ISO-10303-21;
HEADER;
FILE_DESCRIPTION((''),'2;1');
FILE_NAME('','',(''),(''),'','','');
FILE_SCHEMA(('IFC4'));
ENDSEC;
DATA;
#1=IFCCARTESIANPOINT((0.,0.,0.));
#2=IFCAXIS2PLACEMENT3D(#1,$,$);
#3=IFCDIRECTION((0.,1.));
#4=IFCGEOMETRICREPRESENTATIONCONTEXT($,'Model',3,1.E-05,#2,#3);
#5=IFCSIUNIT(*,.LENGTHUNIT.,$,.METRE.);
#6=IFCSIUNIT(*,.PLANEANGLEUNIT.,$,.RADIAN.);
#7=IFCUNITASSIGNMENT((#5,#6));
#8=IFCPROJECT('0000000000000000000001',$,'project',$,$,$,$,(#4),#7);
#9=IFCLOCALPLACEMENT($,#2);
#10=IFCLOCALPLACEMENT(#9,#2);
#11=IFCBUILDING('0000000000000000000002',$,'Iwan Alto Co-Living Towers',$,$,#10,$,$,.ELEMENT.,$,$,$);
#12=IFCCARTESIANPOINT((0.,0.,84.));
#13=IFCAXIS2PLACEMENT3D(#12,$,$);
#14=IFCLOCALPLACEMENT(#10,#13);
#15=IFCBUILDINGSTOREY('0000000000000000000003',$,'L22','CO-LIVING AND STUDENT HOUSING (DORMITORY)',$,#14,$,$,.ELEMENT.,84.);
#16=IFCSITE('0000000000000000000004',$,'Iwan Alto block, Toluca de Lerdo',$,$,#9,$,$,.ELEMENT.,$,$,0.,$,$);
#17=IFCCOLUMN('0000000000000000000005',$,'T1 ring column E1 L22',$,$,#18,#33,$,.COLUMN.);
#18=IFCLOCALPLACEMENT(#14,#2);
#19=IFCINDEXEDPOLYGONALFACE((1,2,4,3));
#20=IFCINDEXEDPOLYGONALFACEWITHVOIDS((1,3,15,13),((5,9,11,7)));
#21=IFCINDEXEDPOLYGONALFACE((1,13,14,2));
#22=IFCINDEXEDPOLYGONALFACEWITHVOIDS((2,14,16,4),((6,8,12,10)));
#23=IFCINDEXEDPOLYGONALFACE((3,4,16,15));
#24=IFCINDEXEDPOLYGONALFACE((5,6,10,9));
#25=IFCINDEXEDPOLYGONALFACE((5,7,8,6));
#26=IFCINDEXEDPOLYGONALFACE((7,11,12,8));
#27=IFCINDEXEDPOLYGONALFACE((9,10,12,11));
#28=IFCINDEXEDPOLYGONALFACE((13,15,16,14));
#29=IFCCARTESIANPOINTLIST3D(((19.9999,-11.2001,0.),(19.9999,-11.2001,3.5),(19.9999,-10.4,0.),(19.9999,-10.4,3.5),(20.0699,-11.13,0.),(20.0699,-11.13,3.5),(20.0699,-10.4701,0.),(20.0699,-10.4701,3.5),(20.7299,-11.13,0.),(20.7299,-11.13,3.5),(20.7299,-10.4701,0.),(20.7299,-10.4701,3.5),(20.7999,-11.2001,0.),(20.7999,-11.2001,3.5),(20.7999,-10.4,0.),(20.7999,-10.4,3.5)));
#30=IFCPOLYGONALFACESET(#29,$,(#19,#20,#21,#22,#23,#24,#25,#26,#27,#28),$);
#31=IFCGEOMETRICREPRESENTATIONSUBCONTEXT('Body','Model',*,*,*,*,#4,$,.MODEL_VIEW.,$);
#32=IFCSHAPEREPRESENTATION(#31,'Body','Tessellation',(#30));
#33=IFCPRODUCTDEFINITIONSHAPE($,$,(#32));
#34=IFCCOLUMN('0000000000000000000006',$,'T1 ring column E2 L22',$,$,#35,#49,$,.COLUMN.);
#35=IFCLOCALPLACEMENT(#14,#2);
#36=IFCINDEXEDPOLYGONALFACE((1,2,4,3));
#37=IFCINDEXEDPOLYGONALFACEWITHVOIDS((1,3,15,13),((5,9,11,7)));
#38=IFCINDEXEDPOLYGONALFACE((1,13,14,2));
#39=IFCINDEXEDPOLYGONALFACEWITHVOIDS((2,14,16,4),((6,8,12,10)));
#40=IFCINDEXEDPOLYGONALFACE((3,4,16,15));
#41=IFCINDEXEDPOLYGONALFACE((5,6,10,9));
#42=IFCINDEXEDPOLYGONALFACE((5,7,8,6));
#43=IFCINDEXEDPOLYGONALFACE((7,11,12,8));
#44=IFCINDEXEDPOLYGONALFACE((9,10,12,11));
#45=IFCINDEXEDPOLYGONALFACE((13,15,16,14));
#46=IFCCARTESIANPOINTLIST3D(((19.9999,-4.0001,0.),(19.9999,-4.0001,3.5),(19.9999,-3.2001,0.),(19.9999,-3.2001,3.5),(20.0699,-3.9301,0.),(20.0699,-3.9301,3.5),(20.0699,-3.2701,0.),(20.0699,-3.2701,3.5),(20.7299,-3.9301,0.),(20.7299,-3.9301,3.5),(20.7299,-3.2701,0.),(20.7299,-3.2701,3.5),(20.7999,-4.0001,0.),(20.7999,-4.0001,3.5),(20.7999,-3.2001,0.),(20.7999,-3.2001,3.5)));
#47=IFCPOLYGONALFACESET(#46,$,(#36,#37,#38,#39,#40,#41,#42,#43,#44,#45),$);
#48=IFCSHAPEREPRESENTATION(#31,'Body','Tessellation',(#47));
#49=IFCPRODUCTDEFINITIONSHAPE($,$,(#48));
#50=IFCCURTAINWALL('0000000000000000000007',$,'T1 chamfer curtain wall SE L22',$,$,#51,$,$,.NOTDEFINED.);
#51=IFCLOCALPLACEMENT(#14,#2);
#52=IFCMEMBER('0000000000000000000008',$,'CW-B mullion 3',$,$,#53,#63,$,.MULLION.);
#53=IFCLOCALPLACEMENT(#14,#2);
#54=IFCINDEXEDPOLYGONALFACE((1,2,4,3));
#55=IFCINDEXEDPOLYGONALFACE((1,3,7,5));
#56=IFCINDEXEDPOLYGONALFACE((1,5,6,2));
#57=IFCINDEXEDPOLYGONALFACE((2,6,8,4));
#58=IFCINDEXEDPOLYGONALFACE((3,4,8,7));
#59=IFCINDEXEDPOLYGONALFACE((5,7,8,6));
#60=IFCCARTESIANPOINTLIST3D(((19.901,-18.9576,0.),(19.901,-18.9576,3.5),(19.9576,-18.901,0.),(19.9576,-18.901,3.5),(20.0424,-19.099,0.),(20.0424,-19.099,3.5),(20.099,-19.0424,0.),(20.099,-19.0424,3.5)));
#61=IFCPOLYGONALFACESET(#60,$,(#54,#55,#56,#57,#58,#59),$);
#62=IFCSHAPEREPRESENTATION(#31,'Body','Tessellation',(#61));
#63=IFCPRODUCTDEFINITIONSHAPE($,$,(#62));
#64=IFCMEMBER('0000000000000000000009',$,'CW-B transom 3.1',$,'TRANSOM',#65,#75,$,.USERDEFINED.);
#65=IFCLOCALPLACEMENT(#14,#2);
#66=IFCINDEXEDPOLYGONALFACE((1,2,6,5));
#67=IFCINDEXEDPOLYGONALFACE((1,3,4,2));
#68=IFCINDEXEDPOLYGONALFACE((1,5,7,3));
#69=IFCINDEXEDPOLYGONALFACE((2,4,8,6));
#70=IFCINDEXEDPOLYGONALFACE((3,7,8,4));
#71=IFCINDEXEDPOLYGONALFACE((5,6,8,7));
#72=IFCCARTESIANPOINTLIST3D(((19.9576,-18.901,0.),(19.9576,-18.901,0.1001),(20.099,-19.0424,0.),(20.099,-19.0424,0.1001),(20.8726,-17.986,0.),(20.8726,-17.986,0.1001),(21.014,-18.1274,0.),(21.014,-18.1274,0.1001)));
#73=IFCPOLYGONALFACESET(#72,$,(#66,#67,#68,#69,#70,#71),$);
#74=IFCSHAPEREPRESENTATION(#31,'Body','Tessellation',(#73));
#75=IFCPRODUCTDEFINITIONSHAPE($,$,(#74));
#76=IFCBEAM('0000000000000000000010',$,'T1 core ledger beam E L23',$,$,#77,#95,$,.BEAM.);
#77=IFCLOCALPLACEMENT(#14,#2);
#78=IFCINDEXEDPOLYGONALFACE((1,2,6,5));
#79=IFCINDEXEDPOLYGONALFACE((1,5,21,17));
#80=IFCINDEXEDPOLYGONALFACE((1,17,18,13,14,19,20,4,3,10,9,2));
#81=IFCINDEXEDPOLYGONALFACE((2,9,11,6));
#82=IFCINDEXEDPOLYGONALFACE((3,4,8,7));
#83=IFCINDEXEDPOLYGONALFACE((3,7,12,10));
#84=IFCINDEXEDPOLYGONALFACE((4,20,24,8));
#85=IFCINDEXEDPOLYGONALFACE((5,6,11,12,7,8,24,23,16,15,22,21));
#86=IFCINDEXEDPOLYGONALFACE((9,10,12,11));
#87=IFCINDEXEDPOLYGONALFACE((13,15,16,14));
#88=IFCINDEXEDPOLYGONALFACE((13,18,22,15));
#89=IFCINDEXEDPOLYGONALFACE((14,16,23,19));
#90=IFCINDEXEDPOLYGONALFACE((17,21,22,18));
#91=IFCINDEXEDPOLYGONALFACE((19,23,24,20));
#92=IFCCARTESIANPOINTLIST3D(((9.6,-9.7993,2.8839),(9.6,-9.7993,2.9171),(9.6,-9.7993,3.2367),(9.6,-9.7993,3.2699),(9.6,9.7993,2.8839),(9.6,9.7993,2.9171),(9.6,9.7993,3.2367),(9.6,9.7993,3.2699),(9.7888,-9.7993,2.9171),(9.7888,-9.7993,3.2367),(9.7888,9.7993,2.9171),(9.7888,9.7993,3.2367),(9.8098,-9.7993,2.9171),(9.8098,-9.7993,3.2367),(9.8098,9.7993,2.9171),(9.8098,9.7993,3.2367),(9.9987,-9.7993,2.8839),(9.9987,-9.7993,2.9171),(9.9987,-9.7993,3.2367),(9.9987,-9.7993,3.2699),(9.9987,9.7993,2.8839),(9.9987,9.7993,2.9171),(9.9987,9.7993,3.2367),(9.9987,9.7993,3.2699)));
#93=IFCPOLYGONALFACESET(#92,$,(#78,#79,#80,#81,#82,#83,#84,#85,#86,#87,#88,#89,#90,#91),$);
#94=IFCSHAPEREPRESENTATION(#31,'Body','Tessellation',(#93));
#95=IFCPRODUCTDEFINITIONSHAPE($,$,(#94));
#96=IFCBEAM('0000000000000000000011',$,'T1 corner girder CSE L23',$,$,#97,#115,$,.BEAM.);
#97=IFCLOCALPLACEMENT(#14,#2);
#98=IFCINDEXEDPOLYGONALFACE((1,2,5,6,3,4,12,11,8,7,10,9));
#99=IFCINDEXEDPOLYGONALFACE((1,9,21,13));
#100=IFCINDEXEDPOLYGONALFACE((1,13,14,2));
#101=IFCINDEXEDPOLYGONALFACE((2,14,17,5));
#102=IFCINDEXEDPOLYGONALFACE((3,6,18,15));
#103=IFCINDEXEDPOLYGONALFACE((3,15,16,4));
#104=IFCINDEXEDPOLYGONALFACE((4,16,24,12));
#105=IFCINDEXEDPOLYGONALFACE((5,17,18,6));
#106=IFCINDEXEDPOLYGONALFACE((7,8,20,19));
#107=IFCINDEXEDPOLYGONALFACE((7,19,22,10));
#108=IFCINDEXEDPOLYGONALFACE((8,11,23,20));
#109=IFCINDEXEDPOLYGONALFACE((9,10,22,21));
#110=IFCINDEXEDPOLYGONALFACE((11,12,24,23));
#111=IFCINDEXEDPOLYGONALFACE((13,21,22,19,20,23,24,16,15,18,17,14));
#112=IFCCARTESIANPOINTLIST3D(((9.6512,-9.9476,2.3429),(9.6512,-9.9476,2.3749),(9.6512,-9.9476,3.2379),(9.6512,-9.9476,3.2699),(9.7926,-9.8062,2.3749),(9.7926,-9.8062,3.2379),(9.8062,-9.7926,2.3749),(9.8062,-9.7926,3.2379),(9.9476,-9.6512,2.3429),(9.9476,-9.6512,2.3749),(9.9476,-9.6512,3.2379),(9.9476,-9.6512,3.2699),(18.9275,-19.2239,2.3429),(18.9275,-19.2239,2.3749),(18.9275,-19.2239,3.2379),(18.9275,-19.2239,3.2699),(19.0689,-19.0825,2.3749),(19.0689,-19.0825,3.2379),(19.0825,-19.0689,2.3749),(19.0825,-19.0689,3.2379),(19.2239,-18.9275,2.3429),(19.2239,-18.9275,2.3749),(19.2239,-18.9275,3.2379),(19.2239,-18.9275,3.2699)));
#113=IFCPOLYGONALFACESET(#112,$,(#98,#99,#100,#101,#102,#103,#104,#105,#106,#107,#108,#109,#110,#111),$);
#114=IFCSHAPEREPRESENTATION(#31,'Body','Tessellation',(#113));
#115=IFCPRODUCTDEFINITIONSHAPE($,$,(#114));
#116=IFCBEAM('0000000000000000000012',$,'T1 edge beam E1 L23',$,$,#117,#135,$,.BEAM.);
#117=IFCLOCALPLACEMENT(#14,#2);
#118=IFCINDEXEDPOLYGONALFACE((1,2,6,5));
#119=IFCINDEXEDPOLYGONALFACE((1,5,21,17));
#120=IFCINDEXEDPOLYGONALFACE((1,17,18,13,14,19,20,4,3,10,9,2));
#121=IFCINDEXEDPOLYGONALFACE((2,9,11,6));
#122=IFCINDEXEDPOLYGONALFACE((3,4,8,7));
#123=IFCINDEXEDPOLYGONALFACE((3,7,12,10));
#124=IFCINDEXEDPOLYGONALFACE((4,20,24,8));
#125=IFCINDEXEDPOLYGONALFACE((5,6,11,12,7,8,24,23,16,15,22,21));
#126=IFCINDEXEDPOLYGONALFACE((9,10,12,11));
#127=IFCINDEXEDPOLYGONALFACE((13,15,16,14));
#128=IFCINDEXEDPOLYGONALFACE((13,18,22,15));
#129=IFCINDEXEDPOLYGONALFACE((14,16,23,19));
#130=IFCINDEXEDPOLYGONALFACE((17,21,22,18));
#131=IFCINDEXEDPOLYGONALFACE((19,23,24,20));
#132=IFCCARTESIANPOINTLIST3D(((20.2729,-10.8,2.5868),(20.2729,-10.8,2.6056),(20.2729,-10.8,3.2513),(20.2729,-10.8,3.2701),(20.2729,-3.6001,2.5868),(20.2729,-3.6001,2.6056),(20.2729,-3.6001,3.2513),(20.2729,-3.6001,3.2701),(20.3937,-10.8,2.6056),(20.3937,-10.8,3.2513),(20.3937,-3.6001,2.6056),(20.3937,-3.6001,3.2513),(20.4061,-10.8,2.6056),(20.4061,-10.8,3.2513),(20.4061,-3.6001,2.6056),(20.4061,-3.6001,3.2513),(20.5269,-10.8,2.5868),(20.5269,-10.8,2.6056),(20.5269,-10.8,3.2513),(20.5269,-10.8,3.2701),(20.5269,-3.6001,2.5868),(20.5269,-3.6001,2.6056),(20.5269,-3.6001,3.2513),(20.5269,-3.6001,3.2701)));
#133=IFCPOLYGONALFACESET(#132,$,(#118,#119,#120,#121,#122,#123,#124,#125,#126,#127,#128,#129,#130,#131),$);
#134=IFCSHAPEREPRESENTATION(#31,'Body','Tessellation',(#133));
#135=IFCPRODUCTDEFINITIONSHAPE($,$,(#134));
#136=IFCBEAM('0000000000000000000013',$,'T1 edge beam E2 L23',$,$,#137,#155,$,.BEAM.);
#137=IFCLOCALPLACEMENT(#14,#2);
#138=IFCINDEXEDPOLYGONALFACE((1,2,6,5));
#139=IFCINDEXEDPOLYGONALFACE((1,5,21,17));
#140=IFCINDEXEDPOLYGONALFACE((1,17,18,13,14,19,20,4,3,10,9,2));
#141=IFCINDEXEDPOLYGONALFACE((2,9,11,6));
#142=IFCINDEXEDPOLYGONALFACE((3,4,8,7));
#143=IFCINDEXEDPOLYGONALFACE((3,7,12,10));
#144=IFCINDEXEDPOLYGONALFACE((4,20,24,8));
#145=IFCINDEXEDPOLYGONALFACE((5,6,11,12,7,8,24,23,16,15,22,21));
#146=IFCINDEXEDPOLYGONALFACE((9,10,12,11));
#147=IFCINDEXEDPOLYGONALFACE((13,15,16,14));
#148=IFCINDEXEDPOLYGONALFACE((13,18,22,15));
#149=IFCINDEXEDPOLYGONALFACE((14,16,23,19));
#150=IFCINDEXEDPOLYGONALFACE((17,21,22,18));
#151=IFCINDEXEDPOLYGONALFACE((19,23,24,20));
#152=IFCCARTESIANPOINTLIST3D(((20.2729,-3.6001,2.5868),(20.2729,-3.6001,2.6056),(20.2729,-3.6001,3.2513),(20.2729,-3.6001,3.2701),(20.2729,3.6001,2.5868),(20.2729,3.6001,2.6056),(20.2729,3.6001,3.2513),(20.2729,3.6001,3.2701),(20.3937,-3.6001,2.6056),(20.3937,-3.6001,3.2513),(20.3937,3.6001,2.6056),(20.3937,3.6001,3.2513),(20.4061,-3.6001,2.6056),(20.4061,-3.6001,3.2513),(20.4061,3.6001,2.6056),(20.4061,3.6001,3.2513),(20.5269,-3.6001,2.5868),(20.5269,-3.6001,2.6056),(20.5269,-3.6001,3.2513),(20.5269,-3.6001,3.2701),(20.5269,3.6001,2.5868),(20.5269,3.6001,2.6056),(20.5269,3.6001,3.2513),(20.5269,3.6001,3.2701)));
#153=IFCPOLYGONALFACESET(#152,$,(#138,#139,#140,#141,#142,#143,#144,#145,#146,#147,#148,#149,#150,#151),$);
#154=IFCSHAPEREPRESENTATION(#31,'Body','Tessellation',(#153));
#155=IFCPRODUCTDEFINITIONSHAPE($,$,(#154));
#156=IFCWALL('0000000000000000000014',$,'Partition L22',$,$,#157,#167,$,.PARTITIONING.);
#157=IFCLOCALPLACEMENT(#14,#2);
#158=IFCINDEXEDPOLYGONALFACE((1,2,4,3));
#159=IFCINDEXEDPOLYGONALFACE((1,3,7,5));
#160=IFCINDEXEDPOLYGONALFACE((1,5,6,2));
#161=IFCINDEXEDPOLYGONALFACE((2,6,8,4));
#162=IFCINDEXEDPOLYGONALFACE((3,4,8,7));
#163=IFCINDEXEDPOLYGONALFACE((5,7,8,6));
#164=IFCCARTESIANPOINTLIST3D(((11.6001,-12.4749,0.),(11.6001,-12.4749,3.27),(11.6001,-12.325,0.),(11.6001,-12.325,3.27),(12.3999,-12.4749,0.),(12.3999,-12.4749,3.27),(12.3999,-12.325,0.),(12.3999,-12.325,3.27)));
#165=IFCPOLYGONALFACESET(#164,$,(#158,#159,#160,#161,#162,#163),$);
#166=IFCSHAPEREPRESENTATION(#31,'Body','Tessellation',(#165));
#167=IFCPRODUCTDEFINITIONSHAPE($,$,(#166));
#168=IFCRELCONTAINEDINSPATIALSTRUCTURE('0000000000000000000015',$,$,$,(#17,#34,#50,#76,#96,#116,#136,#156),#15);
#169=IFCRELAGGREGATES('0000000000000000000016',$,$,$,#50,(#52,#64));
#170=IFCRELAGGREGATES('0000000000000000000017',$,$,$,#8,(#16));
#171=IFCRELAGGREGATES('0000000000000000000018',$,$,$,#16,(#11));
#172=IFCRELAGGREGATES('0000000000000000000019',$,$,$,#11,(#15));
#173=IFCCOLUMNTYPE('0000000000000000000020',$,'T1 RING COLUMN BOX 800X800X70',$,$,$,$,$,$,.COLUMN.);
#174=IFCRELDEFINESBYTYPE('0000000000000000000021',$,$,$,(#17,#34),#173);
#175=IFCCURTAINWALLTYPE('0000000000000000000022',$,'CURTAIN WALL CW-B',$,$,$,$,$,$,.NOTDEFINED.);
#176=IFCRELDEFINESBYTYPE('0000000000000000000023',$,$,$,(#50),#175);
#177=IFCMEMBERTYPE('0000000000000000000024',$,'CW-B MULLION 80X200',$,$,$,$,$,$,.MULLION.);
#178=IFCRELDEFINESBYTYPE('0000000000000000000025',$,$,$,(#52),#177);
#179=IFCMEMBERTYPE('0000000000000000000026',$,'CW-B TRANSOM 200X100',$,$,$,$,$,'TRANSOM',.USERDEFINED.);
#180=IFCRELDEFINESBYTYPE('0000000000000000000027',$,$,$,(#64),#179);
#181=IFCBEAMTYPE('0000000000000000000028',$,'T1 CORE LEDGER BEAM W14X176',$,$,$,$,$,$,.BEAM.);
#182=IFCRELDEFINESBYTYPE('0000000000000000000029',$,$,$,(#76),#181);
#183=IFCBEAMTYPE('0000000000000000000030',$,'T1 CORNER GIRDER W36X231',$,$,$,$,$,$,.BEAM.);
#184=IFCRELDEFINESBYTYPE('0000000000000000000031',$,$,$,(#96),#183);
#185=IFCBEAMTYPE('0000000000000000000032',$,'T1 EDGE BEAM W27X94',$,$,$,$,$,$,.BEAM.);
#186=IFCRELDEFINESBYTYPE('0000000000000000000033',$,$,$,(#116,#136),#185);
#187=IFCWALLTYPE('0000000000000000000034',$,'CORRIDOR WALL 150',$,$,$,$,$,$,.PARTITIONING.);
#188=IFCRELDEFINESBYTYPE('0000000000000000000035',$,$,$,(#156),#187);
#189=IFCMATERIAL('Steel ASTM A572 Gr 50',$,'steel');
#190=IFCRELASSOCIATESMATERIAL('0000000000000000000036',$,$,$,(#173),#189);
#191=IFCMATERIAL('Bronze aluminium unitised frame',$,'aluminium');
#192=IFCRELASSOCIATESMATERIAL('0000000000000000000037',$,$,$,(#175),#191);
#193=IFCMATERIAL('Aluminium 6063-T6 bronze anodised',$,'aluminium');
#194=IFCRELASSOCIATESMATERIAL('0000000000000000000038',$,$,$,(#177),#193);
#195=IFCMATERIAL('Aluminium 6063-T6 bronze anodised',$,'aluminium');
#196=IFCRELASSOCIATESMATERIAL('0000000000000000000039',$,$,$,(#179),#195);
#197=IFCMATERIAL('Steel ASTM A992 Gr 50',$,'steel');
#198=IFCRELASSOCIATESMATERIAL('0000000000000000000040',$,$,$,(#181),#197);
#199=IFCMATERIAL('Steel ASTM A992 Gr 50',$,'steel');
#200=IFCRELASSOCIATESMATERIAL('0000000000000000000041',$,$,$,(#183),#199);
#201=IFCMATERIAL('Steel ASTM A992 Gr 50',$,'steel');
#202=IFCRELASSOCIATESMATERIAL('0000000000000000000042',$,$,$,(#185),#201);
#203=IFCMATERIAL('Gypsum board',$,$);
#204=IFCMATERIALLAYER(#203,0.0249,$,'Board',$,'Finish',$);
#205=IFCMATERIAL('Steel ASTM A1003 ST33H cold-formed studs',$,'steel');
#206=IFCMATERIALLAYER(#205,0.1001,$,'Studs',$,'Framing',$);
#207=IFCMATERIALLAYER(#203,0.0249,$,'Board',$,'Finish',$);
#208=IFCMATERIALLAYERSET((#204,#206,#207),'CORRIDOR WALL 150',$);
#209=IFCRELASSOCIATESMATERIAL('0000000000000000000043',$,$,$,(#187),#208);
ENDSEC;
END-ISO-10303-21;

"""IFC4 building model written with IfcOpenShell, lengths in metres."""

from ifc_helpers import new_model, si_unit, direction, frame, frame_2d, origin, origin_2d, place, context, subcontext, project, spatial, rectangle, hollow_rectangle, i_section, extrude, material, layer, layer_set, material_profile, profile_set, type_object, element, aggregate, save


model = new_model("IFC4")

# Units and contexts
model_context = context("Model", 3, precision=1e-05, world=origin(), true_north=direction((0.0, 1.0)))
body_context = subcontext(model_context, "Body", "Model", "MODEL_VIEW")
ifc_project = project(units=[si_unit("LENGTHUNIT", "METRE"), si_unit("PLANEANGLEUNIT", "RADIAN")], contexts=[model_context])

# Site, building, storey
site_placement = place(None, origin())
site = spatial("IfcSite", under=ifc_project, at=site_placement, Name="Iwan Alto block, Toluca de Lerdo", CompositionType="ELEMENT", RefElevation=0.0)
building_placement = place(site_placement, origin())
building = spatial("IfcBuilding", under=site, at=building_placement, Name="Iwan Alto Co-Living Towers", CompositionType="ELEMENT")
storey_placement = place(building_placement, frame((0.0, 0.0, 84.0)))
storey = spatial("IfcBuildingStorey", under=building, at=storey_placement, Name="L22", Description="CO-LIVING AND STUDENT HOUSING (DORMITORY)", CompositionType="ELEMENT", Elevation=84.0)

# Columns
ifc_material_1 = material(Name="Steel ASTM A572 Gr 50", Category="steel")
ifc_material_profile_1 = material_profile(ifc_material_1, hollow_rectangle(XDim=0.8, YDim=0.8, WallThickness=0.0701, at=origin_2d()), Name="BOX 800X800X70")
ifc_profile_set_1 = profile_set([ifc_material_profile_1], Name="Steel ASTM A572 Gr 50")
column_type = type_object("IfcColumnType", Name="T1 RING COLUMN BOX 800X800X70", PredefinedType="COLUMN", material=ifc_profile_set_1)
for number, where, z_axis, x_axis, name in (
    (1, (20.3999, -10.8, 0.0), (0.0, 0.0, 1.0), (1.0, 0.0, 0.0), "T1 ring column E1 L22"),
    (2, (20.3999, -3.6001, 0.0), (0.0, 0.0, 1.0), (1.0, 0.0, 0.0), "T1 ring column E2 L22"),
):
    element("IfcColumn", number, at=place(storey_placement, frame(where, z_axis=z_axis, x_axis=x_axis)), inside=storey, type_object=column_type, Name=name, PredefinedType="COLUMN", context=body_context, shape_type="SweptSolid", body=[
        extrude(hollow_rectangle(XDim=0.8, YDim=0.8, WallThickness=0.0701, at=origin_2d()), origin(), (0.0, 0.0, 1.0), 3.5),
    ])

# Curtain wall, members
ifc_material_2 = material(Name="Bronze aluminium unitised frame", Category="aluminium")
curtain_wall_type = type_object("IfcCurtainWallType", Name="CURTAIN WALL CW-B", PredefinedType="NOTDEFINED", material=ifc_material_2)
curtain_wall_placement = place(storey_placement, origin())
curtain_wall = element("IfcCurtainWall", 3, at=curtain_wall_placement, inside=storey, type_object=curtain_wall_type, Name="T1 chamfer curtain wall SE L22", PredefinedType="NOTDEFINED")
ifc_material_3 = material(Name="Aluminium 6063-T6 bronze anodised", Category="aluminium")
ifc_material_profile_2 = material_profile(ifc_material_3, rectangle(XDim=0.2, YDim=0.0801, at=origin_2d()), Name="AL 80X200")
ifc_profile_set_2 = profile_set([ifc_material_profile_2], Name="Aluminium 6063-T6 bronze anodised")
member_type_1 = type_object("IfcMemberType", Name="CW-B MULLION 80X200", PredefinedType="MULLION", material=ifc_profile_set_2)
member_1_placement = place(storey_placement, frame((20.0, -19.0, 0.0), z_axis=(0.0, 0.0, 1.0), x_axis=(-0.707107, 0.707107, 0.0)))
member_1 = element("IfcMember", 4, at=member_1_placement, type_object=member_type_1, Name="CW-B mullion 3", PredefinedType="MULLION", context=body_context, shape_type="SweptSolid", body=[
    extrude(rectangle(XDim=0.2, YDim=0.0801, at=origin_2d()), origin(), (0.0, 0.0, 1.0), 3.5),
])
ifc_material_4 = material(Name="Aluminium 6063-T6 bronze anodised", Category="aluminium")
ifc_material_profile_3 = material_profile(ifc_material_4, rectangle(XDim=0.2, YDim=0.1001, at=origin_2d()), Name="AL 200X100")
ifc_profile_set_3 = profile_set([ifc_material_profile_3], Name="Aluminium 6063-T6 bronze anodised")
member_type_2 = type_object("IfcMemberType", Name="CW-B TRANSOM 200X100", ElementType="TRANSOM", PredefinedType="USERDEFINED", material=ifc_profile_set_3)
member_2_placement = place(storey_placement, frame((20.0283, -18.9717, 0.05), z_axis=(0.707107, 0.707107, 0.0), x_axis=(-0.707107, 0.707107, 0.0)))
member_2 = element("IfcMember", 5, at=member_2_placement, type_object=member_type_2, Name="CW-B transom 3.1", ObjectType="TRANSOM", PredefinedType="USERDEFINED", context=body_context, shape_type="SweptSolid", body=[
    extrude(rectangle(XDim=0.2, YDim=0.1001, at=origin_2d()), origin(), (0.0, 0.0, 1.0), 1.2939),
])
aggregate(curtain_wall, [member_1, member_2])

# Beams
ifc_material_5 = material(Name="Steel ASTM A992 Gr 50", Category="steel")
ifc_material_profile_4 = material_profile(ifc_material_5, i_section(OverallWidth=0.3987, OverallDepth=0.386, WebThickness=0.021, FlangeThickness=0.0332, at=origin_2d()), Name="W14X176")
ifc_profile_set_4 = profile_set([ifc_material_profile_4], Name="Steel ASTM A992 Gr 50")
beam_type_1 = type_object("IfcBeamType", Name="T1 CORE LEDGER BEAM W14X176", PredefinedType="BEAM", material=ifc_profile_set_4)
beam_1_placement = place(storey_placement, frame((9.7993, -9.7993, 3.0769), z_axis=(0.0, 1.0, 0.0), x_axis=(-1.0, 0.0, 0.0)))
element("IfcBeam", 6, at=beam_1_placement, inside=storey, type_object=beam_type_1, Name="T1 core ledger beam E L23", PredefinedType="BEAM", context=body_context, shape_type="SweptSolid", body=[
    extrude(i_section(OverallWidth=0.3987, OverallDepth=0.386, WebThickness=0.021, FlangeThickness=0.0332, at=origin_2d()), origin(), (0.0, 0.0, 1.0), 19.5986),
])
ifc_material_6 = material(Name="Steel ASTM A992 Gr 50", Category="steel")
ifc_material_profile_5 = material_profile(ifc_material_6, i_section(OverallWidth=0.4192, OverallDepth=0.927, WebThickness=0.0193, FlangeThickness=0.032, at=origin_2d()), Name="W36X231")
ifc_profile_set_5 = profile_set([ifc_material_profile_5], Name="Steel ASTM A992 Gr 50")
beam_type_2 = type_object("IfcBeamType", Name="T1 CORNER GIRDER W36X231", PredefinedType="BEAM", material=ifc_profile_set_5)
beam_2_placement = place(storey_placement, frame((19.0757, -19.0757, 2.8064), z_axis=(-0.707107, 0.707107, 0.0), x_axis=(-0.707107, -0.707107, 0.0)))
element("IfcBeam", 7, at=beam_2_placement, inside=storey, type_object=beam_type_2, Name="T1 corner girder CSE L23", PredefinedType="BEAM", context=body_context, shape_type="SweptSolid", body=[
    extrude(i_section(OverallWidth=0.4192, OverallDepth=0.927, WebThickness=0.0193, FlangeThickness=0.032, at=origin_2d()), origin(), (0.0, 0.0, 1.0), 13.1187),
])
ifc_material_7 = material(Name="Steel ASTM A992 Gr 50", Category="steel")
ifc_material_profile_6 = material_profile(ifc_material_7, i_section(OverallWidth=0.2539, OverallDepth=0.6833, WebThickness=0.0125, FlangeThickness=0.0188, at=origin_2d()), Name="W27X94")
ifc_profile_set_6 = profile_set([ifc_material_profile_6], Name="Steel ASTM A992 Gr 50")
beam_type_3 = type_object("IfcBeamType", Name="T1 EDGE BEAM W27X94", PredefinedType="BEAM", material=ifc_profile_set_6)
beam_3_placement = place(storey_placement, frame((20.3999, -10.8, 2.9285), z_axis=(0.0, 1.0, 0.0), x_axis=(-1.0, 0.0, 0.0)))
element("IfcBeam", 8, at=beam_3_placement, inside=storey, type_object=beam_type_3, Name="T1 edge beam E1 L23", PredefinedType="BEAM", context=body_context, shape_type="SweptSolid", body=[
    extrude(i_section(OverallWidth=0.2539, OverallDepth=0.6833, WebThickness=0.0125, FlangeThickness=0.0188, at=origin_2d()), origin(), (0.0, 0.0, 1.0), 7.2),
])
beam_4_placement = place(storey_placement, frame((20.3999, -3.6001, 2.9285), z_axis=(0.0, 1.0, 0.0), x_axis=(-1.0, 0.0, 0.0)))
element("IfcBeam", 9, at=beam_4_placement, inside=storey, type_object=beam_type_3, Name="T1 edge beam E2 L23", PredefinedType="BEAM", context=body_context, shape_type="SweptSolid", body=[
    extrude(i_section(OverallWidth=0.2539, OverallDepth=0.6833, WebThickness=0.0125, FlangeThickness=0.0188, at=origin_2d()), origin(), (0.0, 0.0, 1.0), 7.2002),
])

# Wall
ifc_material_8 = material(Name="Gypsum board")
ifc_layer_1 = layer(ifc_material_8, 0.0249, Name="Board", Category="Finish")
ifc_material_9 = material(Name="Steel ASTM A1003 ST33H cold-formed studs", Category="steel")
ifc_layer_2 = layer(ifc_material_9, 0.1001, Name="Studs", Category="Framing")
ifc_layer_3 = layer(ifc_material_8, 0.0249, Name="Board", Category="Finish")
ifc_layer_set_1 = layer_set([ifc_layer_1, ifc_layer_2, ifc_layer_3], Name="CORRIDOR WALL 150")
wall_type_1 = type_object("IfcWallType", Name="CORRIDOR WALL 150", PredefinedType="PARTITIONING", material=ifc_layer_set_1)
wall_1_placement = place(storey_placement, frame((11.6001, -12.3999, 0.0), z_axis=(0.0, 0.0, 1.0), x_axis=(1.0, 0.0, 0.0)))
element("IfcWall", 10, at=wall_1_placement, inside=storey, type_object=wall_type_1, Name="Partition L22", PredefinedType="PARTITIONING", context=body_context, shape_type="SweptSolid", body=[
    extrude(rectangle(XDim=0.7998, YDim=0.1499, at=frame_2d((0.3999, 0.0))), origin(), (0.0, 0.0, 1.0), 3.27),
])

save(model, "model.ifc")
